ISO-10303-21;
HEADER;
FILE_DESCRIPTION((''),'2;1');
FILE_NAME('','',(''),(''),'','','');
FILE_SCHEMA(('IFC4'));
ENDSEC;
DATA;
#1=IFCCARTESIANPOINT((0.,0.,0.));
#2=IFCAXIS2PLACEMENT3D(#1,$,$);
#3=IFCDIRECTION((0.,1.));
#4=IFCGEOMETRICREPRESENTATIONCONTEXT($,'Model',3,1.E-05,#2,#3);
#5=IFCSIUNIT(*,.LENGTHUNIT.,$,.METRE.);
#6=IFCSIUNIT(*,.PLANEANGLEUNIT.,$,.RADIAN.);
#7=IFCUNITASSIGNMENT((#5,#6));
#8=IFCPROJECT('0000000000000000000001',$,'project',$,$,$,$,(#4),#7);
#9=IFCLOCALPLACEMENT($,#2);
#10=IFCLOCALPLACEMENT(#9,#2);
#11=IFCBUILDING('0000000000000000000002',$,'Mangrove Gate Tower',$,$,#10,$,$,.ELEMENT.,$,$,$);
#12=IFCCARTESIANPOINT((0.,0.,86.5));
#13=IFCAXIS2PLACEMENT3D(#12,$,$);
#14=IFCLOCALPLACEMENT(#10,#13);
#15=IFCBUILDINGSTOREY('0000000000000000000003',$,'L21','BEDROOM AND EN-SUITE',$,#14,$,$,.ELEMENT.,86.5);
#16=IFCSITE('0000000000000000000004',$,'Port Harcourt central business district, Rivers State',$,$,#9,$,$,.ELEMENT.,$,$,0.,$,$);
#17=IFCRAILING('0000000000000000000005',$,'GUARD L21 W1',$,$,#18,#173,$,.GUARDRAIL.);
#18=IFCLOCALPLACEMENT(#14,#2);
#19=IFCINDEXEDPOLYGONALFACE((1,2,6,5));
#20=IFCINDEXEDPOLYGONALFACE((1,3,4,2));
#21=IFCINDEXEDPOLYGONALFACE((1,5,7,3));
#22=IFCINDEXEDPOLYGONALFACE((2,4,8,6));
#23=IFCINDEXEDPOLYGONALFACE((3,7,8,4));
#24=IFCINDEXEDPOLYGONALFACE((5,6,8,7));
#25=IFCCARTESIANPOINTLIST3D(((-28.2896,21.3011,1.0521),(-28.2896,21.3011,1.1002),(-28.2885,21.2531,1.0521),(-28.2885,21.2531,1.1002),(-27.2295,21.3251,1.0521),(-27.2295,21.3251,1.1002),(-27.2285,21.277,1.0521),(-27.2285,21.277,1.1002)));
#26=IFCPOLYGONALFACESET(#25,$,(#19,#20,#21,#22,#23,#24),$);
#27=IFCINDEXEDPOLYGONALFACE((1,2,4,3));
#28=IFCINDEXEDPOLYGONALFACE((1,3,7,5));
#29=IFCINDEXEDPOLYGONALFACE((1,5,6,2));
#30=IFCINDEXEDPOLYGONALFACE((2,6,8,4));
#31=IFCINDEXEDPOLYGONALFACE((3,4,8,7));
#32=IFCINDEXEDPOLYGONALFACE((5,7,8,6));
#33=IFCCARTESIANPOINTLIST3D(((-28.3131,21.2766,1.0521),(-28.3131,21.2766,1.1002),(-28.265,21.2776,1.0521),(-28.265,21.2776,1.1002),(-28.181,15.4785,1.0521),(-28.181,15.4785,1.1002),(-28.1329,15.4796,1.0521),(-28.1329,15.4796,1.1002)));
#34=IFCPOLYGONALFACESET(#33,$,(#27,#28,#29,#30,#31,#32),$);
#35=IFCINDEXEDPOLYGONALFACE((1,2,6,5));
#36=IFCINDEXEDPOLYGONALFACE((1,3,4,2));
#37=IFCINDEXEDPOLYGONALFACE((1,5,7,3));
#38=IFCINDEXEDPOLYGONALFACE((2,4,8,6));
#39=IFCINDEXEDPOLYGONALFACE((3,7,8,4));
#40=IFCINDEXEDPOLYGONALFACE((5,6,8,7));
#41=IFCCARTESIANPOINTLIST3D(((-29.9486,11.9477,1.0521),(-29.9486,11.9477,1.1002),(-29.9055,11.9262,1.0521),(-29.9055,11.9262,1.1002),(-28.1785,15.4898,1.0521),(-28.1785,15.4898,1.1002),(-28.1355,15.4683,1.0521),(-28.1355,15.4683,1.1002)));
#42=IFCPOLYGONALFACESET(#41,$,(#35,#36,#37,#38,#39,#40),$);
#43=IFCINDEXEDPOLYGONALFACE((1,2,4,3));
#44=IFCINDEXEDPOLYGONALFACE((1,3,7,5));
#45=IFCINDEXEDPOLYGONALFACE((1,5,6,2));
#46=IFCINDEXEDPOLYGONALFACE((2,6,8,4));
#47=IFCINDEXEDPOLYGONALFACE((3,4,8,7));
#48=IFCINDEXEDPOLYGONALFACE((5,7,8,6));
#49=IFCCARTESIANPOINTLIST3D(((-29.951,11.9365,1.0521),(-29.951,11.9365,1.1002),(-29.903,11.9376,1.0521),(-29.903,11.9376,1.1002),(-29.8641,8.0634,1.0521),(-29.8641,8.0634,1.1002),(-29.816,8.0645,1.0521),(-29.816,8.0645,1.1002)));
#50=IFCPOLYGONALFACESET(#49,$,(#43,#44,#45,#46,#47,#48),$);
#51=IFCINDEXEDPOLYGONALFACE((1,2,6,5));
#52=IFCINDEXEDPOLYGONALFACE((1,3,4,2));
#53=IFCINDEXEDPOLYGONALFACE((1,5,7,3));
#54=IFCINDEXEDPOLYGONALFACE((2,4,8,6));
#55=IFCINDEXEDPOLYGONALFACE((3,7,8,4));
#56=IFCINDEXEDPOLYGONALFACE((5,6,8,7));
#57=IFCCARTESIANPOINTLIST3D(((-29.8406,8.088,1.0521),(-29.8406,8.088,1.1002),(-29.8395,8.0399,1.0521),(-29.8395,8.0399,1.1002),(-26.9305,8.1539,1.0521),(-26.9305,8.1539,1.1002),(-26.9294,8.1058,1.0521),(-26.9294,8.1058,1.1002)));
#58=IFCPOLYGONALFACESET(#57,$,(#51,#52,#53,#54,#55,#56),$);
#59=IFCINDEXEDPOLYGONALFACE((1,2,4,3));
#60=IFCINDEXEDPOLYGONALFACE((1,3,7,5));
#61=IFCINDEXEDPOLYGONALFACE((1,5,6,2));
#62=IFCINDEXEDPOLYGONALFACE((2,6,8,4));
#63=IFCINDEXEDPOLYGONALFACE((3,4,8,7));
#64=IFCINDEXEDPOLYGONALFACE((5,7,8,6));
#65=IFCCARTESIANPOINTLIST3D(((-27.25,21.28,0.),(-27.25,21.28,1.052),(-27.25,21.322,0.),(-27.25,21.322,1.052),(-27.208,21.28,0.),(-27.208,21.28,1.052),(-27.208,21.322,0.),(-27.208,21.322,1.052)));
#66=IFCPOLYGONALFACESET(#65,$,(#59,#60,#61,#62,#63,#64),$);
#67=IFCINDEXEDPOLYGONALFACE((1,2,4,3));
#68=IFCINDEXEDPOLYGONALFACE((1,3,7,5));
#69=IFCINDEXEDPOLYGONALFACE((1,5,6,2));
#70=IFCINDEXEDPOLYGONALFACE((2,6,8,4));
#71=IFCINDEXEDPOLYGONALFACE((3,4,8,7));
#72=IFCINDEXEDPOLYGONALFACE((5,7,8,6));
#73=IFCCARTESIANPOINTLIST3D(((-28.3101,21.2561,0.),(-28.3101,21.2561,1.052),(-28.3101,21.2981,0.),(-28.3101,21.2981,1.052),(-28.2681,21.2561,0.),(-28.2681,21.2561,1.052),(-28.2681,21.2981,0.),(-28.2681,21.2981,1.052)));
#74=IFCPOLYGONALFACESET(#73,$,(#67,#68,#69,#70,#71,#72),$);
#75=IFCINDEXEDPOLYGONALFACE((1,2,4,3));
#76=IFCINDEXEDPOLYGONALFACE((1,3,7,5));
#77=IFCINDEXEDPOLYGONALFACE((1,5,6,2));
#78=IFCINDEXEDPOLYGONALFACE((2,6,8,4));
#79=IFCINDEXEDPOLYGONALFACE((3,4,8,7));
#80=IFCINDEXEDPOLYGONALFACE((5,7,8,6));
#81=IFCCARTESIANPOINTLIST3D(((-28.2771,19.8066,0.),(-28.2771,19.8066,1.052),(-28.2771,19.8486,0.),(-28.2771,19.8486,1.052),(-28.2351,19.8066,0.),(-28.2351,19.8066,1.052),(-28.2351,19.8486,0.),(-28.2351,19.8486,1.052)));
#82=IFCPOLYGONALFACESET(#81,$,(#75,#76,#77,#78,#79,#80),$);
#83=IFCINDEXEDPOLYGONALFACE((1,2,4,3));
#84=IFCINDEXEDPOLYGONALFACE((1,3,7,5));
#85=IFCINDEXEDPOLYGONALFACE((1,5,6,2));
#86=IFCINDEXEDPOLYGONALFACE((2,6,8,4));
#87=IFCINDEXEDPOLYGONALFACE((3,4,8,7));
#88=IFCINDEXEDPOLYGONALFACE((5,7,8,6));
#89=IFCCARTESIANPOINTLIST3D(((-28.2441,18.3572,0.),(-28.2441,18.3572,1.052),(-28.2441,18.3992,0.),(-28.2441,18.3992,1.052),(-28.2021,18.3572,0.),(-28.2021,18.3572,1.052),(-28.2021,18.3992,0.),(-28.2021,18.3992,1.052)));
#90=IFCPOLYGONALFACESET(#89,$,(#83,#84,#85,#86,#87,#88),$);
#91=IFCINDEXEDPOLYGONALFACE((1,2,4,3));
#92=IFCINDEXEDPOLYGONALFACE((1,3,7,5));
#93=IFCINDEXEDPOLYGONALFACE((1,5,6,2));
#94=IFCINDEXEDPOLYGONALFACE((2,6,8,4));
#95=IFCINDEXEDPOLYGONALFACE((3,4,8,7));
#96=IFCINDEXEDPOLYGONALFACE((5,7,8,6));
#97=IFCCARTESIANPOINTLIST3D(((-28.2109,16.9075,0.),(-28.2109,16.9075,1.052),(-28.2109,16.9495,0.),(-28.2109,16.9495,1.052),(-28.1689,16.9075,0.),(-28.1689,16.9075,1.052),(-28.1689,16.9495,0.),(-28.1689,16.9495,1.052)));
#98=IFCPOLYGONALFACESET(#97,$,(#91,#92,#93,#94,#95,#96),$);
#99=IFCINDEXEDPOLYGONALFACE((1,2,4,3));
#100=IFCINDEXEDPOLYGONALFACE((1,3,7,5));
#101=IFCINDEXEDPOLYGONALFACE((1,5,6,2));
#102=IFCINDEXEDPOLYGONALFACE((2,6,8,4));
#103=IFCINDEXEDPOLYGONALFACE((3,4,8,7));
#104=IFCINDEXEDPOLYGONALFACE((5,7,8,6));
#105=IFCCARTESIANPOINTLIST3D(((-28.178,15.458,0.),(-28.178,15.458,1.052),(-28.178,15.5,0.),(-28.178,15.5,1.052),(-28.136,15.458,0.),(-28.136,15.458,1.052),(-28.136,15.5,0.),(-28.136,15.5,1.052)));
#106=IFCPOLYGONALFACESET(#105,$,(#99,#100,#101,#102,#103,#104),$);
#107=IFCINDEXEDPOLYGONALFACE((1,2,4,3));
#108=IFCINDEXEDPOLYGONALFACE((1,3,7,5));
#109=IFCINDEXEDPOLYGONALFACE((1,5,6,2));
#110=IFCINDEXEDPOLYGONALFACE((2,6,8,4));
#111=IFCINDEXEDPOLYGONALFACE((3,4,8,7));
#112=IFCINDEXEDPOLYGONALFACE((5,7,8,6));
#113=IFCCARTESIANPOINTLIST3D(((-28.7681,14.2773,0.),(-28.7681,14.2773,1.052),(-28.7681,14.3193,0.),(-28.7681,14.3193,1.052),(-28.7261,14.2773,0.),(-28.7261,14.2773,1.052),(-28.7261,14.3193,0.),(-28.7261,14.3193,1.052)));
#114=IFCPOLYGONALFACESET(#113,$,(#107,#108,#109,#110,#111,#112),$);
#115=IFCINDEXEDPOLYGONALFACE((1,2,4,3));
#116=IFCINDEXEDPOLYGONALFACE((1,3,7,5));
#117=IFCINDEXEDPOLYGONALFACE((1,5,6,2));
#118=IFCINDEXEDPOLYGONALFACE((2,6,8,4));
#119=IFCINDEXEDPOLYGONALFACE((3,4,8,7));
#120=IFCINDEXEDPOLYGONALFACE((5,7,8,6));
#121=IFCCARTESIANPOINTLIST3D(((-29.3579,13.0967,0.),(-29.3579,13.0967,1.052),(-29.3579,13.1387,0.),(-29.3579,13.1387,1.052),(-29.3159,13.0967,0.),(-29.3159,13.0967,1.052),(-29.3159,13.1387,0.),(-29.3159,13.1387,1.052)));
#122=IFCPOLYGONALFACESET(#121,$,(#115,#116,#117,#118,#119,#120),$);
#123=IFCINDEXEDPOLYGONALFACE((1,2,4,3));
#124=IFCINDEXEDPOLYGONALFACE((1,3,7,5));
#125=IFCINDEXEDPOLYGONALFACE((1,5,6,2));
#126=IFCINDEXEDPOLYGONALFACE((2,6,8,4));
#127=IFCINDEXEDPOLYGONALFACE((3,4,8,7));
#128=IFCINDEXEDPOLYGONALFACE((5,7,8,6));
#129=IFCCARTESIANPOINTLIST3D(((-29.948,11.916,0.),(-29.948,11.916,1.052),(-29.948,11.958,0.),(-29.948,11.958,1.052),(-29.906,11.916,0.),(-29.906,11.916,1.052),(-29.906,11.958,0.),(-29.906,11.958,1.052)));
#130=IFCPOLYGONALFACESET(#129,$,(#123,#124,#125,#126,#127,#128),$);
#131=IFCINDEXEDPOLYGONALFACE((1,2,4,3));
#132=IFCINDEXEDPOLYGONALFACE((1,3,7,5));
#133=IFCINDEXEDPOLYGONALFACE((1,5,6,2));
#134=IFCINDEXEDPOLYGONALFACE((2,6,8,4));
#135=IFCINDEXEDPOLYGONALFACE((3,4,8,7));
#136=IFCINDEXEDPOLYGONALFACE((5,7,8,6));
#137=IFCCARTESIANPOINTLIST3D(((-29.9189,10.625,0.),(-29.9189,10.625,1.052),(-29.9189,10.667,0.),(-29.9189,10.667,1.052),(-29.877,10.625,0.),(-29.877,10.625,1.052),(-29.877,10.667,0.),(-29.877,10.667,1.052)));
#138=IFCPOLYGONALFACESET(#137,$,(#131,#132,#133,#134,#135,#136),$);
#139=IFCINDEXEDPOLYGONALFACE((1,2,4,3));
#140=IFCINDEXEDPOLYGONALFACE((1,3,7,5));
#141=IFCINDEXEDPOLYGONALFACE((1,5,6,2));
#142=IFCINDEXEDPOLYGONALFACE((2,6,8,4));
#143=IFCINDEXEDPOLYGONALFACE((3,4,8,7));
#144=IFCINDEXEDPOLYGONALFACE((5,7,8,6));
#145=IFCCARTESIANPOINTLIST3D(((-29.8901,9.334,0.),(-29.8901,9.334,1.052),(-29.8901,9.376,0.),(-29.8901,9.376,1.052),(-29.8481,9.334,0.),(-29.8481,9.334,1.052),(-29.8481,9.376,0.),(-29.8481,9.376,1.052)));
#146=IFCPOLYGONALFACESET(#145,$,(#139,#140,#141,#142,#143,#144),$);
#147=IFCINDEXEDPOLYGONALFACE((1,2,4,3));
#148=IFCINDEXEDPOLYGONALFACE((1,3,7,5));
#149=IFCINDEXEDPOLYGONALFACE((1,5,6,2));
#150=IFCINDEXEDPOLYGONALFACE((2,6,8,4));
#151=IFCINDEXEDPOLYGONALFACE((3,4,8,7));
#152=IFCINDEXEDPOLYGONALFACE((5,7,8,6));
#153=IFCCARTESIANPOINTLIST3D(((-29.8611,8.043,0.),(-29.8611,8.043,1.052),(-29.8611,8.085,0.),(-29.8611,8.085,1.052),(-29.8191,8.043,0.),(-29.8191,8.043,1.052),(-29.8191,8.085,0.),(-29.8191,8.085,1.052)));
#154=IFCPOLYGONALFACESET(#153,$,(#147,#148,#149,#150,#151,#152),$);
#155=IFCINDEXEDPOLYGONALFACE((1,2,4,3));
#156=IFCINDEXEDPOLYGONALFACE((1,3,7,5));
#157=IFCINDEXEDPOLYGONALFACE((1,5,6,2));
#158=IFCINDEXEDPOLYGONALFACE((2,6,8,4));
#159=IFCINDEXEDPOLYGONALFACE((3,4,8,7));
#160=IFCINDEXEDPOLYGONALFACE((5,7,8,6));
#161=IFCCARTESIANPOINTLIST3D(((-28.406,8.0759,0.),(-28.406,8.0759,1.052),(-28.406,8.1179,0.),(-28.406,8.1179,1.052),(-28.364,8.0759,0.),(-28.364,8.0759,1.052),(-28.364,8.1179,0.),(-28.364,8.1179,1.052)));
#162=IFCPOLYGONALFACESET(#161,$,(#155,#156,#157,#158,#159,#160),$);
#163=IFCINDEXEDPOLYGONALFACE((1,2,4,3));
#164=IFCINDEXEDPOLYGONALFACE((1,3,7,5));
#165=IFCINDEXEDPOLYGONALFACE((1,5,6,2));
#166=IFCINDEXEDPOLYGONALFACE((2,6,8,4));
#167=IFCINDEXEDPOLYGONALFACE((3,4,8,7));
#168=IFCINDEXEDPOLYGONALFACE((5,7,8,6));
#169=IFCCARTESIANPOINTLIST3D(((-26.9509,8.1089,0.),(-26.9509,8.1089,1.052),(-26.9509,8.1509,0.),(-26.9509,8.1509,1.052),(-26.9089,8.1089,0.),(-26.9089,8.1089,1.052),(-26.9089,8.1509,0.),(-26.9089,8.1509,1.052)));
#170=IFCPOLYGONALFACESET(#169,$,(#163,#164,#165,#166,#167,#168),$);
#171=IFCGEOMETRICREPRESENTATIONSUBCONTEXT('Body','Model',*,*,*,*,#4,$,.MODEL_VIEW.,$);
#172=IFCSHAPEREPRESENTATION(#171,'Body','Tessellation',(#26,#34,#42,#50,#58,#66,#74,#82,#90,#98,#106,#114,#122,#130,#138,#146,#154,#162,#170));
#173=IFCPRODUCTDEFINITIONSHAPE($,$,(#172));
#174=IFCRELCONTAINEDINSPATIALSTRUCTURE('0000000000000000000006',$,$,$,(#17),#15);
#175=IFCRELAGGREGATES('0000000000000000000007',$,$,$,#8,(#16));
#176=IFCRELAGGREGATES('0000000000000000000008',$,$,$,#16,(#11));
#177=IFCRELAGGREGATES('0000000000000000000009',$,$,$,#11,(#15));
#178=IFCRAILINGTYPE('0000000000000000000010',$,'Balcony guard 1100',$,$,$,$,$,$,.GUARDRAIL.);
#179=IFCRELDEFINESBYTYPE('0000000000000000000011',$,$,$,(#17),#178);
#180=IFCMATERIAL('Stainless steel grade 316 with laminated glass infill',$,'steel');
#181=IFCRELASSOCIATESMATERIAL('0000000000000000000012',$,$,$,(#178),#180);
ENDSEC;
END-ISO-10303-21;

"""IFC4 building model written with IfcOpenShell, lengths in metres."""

from ifc_helpers import new_model, si_unit, direction, frame, origin, origin_2d, place, context, subcontext, project, spatial, rectangle, extrude, material, type_object, element, save


model = new_model("IFC4")

# Units and contexts
model_context = context("Model", 3, precision=1e-05, world=origin(), true_north=direction((0.0, 1.0)))
body_context = subcontext(model_context, "Body", "Model", "MODEL_VIEW")
ifc_project = project(units=[si_unit("LENGTHUNIT", "METRE"), si_unit("PLANEANGLEUNIT", "RADIAN")], contexts=[model_context])

# Site, building, storey
site_placement = place(None, origin())
site = spatial("IfcSite", under=ifc_project, at=site_placement, Name="Port Harcourt central business district, Rivers State", CompositionType="ELEMENT", RefElevation=0.0)
building_placement = place(site_placement, origin())
building = spatial("IfcBuilding", under=site, at=building_placement, Name="Mangrove Gate Tower", CompositionType="ELEMENT")
storey_placement = place(building_placement, frame((0.0, 0.0, 86.5)))
storey = spatial("IfcBuildingStorey", under=building, at=storey_placement, Name="L21", Description="BEDROOM AND EN-SUITE", CompositionType="ELEMENT", Elevation=86.5)

# Railing
ifc_material_1 = material(Name="Stainless steel grade 316 with laminated glass infill", Category="steel")
railing_type = type_object("IfcRailingType", Name="Balcony guard 1100", PredefinedType="GUARDRAIL", material=ifc_material_1)
railing_placement = place(storey_placement, frame((-27.229, 21.301, 0.0)))
element("IfcRailing", 1, at=railing_placement, inside=storey, type_object=railing_type, Name="GUARD L21 W1", PredefinedType="GUARDRAIL", context=body_context, shape_type="SweptSolid", body=[
    extrude(rectangle(XDim=0.0481, YDim=0.0481, at=origin_2d()), frame((0.0, 0.0, 1.0762), z_axis=(-0.999745, -0.022564, 0.0), x_axis=(0.022564, -0.999745, 0.0)), (0.0, 0.0, 1.0), 1.0603),
    extrude(rectangle(XDim=0.0481, YDim=0.0481, at=origin_2d()), frame((-1.0601, -0.0239, 1.0762), z_axis=(0.022774, -0.999741, 0.0), x_axis=(0.999741, 0.022774, 0.0)), (0.0, 0.0, 1.0), 5.7996),
    extrude(rectangle(XDim=0.0481, YDim=0.0481, at=origin_2d()), frame((-0.928, -5.822, 1.0762), z_axis=(-0.447016, -0.894526, 0.0), x_axis=(0.894526, -0.447016, 0.0)), (0.0, 0.0, 1.0), 3.9597),
    extrude(rectangle(XDim=0.0481, YDim=0.0481, at=origin_2d()), frame((-2.698, -9.364, 1.0762), z_axis=(0.022435, -0.999748, 0.0), x_axis=(0.999748, 0.022435, 0.0)), (0.0, 0.0, 1.0), 3.874),
    extrude(rectangle(XDim=0.0481, YDim=0.0481, at=origin_2d()), frame((-2.6111, -13.2371, 1.0762), z_axis=(0.999744, 0.022645, 0.0), x_axis=(-0.022645, 0.999744, 0.0)), (0.0, 0.0, 1.0), 2.9109),
    extrude(rectangle(XDim=0.042, YDim=0.042, at=origin_2d()), origin(), (0.0, 0.0, 1.0), 1.052),
    extrude(rectangle(XDim=0.042, YDim=0.042, at=origin_2d()), frame((-1.0601, -0.0239, 0.0)), (0.0, 0.0, 1.0), 1.052),
    extrude(rectangle(XDim=0.042, YDim=0.042, at=origin_2d()), frame((-1.0271, -1.4734, 0.0)), (0.0, 0.0, 1.0), 1.052),
    extrude(rectangle(XDim=0.042, YDim=0.042, at=origin_2d()), frame((-0.9941, -2.9229, 0.0)), (0.0, 0.0, 1.0), 1.052),
    extrude(rectangle(XDim=0.042, YDim=0.042, at=origin_2d()), frame((-0.9609, -4.3726, 0.0)), (0.0, 0.0, 1.0), 1.052),
    extrude(rectangle(XDim=0.042, YDim=0.042, at=origin_2d()), frame((-0.928, -5.822, 0.0)), (0.0, 0.0, 1.0), 1.052),
    extrude(rectangle(XDim=0.042, YDim=0.042, at=origin_2d()), frame((-1.5181, -7.0027, 0.0)), (0.0, 0.0, 1.0), 1.052),
    extrude(rectangle(XDim=0.042, YDim=0.042, at=origin_2d()), frame((-2.1079, -8.1833, 0.0)), (0.0, 0.0, 1.0), 1.052),
    extrude(rectangle(XDim=0.042, YDim=0.042, at=origin_2d()), frame((-2.698, -9.364, 0.0)), (0.0, 0.0, 1.0), 1.052),
    extrude(rectangle(XDim=0.042, YDim=0.042, at=origin_2d()), frame((-2.6689, -10.655, 0.0)), (0.0, 0.0, 1.0), 1.052),
    extrude(rectangle(XDim=0.042, YDim=0.042, at=origin_2d()), frame((-2.6401, -11.946, 0.0)), (0.0, 0.0, 1.0), 1.052),
    extrude(rectangle(XDim=0.042, YDim=0.042, at=origin_2d()), frame((-2.6111, -13.2371, 0.0)), (0.0, 0.0, 1.0), 1.052),
    extrude(rectangle(XDim=0.042, YDim=0.042, at=origin_2d()), frame((-1.156, -13.2041, 0.0)), (0.0, 0.0, 1.0), 1.052),
    extrude(rectangle(XDim=0.042, YDim=0.042, at=origin_2d()), frame((0.2991, -13.1711, 0.0)), (0.0, 0.0, 1.0), 1.052),
])

save(model, "model.ifc")
